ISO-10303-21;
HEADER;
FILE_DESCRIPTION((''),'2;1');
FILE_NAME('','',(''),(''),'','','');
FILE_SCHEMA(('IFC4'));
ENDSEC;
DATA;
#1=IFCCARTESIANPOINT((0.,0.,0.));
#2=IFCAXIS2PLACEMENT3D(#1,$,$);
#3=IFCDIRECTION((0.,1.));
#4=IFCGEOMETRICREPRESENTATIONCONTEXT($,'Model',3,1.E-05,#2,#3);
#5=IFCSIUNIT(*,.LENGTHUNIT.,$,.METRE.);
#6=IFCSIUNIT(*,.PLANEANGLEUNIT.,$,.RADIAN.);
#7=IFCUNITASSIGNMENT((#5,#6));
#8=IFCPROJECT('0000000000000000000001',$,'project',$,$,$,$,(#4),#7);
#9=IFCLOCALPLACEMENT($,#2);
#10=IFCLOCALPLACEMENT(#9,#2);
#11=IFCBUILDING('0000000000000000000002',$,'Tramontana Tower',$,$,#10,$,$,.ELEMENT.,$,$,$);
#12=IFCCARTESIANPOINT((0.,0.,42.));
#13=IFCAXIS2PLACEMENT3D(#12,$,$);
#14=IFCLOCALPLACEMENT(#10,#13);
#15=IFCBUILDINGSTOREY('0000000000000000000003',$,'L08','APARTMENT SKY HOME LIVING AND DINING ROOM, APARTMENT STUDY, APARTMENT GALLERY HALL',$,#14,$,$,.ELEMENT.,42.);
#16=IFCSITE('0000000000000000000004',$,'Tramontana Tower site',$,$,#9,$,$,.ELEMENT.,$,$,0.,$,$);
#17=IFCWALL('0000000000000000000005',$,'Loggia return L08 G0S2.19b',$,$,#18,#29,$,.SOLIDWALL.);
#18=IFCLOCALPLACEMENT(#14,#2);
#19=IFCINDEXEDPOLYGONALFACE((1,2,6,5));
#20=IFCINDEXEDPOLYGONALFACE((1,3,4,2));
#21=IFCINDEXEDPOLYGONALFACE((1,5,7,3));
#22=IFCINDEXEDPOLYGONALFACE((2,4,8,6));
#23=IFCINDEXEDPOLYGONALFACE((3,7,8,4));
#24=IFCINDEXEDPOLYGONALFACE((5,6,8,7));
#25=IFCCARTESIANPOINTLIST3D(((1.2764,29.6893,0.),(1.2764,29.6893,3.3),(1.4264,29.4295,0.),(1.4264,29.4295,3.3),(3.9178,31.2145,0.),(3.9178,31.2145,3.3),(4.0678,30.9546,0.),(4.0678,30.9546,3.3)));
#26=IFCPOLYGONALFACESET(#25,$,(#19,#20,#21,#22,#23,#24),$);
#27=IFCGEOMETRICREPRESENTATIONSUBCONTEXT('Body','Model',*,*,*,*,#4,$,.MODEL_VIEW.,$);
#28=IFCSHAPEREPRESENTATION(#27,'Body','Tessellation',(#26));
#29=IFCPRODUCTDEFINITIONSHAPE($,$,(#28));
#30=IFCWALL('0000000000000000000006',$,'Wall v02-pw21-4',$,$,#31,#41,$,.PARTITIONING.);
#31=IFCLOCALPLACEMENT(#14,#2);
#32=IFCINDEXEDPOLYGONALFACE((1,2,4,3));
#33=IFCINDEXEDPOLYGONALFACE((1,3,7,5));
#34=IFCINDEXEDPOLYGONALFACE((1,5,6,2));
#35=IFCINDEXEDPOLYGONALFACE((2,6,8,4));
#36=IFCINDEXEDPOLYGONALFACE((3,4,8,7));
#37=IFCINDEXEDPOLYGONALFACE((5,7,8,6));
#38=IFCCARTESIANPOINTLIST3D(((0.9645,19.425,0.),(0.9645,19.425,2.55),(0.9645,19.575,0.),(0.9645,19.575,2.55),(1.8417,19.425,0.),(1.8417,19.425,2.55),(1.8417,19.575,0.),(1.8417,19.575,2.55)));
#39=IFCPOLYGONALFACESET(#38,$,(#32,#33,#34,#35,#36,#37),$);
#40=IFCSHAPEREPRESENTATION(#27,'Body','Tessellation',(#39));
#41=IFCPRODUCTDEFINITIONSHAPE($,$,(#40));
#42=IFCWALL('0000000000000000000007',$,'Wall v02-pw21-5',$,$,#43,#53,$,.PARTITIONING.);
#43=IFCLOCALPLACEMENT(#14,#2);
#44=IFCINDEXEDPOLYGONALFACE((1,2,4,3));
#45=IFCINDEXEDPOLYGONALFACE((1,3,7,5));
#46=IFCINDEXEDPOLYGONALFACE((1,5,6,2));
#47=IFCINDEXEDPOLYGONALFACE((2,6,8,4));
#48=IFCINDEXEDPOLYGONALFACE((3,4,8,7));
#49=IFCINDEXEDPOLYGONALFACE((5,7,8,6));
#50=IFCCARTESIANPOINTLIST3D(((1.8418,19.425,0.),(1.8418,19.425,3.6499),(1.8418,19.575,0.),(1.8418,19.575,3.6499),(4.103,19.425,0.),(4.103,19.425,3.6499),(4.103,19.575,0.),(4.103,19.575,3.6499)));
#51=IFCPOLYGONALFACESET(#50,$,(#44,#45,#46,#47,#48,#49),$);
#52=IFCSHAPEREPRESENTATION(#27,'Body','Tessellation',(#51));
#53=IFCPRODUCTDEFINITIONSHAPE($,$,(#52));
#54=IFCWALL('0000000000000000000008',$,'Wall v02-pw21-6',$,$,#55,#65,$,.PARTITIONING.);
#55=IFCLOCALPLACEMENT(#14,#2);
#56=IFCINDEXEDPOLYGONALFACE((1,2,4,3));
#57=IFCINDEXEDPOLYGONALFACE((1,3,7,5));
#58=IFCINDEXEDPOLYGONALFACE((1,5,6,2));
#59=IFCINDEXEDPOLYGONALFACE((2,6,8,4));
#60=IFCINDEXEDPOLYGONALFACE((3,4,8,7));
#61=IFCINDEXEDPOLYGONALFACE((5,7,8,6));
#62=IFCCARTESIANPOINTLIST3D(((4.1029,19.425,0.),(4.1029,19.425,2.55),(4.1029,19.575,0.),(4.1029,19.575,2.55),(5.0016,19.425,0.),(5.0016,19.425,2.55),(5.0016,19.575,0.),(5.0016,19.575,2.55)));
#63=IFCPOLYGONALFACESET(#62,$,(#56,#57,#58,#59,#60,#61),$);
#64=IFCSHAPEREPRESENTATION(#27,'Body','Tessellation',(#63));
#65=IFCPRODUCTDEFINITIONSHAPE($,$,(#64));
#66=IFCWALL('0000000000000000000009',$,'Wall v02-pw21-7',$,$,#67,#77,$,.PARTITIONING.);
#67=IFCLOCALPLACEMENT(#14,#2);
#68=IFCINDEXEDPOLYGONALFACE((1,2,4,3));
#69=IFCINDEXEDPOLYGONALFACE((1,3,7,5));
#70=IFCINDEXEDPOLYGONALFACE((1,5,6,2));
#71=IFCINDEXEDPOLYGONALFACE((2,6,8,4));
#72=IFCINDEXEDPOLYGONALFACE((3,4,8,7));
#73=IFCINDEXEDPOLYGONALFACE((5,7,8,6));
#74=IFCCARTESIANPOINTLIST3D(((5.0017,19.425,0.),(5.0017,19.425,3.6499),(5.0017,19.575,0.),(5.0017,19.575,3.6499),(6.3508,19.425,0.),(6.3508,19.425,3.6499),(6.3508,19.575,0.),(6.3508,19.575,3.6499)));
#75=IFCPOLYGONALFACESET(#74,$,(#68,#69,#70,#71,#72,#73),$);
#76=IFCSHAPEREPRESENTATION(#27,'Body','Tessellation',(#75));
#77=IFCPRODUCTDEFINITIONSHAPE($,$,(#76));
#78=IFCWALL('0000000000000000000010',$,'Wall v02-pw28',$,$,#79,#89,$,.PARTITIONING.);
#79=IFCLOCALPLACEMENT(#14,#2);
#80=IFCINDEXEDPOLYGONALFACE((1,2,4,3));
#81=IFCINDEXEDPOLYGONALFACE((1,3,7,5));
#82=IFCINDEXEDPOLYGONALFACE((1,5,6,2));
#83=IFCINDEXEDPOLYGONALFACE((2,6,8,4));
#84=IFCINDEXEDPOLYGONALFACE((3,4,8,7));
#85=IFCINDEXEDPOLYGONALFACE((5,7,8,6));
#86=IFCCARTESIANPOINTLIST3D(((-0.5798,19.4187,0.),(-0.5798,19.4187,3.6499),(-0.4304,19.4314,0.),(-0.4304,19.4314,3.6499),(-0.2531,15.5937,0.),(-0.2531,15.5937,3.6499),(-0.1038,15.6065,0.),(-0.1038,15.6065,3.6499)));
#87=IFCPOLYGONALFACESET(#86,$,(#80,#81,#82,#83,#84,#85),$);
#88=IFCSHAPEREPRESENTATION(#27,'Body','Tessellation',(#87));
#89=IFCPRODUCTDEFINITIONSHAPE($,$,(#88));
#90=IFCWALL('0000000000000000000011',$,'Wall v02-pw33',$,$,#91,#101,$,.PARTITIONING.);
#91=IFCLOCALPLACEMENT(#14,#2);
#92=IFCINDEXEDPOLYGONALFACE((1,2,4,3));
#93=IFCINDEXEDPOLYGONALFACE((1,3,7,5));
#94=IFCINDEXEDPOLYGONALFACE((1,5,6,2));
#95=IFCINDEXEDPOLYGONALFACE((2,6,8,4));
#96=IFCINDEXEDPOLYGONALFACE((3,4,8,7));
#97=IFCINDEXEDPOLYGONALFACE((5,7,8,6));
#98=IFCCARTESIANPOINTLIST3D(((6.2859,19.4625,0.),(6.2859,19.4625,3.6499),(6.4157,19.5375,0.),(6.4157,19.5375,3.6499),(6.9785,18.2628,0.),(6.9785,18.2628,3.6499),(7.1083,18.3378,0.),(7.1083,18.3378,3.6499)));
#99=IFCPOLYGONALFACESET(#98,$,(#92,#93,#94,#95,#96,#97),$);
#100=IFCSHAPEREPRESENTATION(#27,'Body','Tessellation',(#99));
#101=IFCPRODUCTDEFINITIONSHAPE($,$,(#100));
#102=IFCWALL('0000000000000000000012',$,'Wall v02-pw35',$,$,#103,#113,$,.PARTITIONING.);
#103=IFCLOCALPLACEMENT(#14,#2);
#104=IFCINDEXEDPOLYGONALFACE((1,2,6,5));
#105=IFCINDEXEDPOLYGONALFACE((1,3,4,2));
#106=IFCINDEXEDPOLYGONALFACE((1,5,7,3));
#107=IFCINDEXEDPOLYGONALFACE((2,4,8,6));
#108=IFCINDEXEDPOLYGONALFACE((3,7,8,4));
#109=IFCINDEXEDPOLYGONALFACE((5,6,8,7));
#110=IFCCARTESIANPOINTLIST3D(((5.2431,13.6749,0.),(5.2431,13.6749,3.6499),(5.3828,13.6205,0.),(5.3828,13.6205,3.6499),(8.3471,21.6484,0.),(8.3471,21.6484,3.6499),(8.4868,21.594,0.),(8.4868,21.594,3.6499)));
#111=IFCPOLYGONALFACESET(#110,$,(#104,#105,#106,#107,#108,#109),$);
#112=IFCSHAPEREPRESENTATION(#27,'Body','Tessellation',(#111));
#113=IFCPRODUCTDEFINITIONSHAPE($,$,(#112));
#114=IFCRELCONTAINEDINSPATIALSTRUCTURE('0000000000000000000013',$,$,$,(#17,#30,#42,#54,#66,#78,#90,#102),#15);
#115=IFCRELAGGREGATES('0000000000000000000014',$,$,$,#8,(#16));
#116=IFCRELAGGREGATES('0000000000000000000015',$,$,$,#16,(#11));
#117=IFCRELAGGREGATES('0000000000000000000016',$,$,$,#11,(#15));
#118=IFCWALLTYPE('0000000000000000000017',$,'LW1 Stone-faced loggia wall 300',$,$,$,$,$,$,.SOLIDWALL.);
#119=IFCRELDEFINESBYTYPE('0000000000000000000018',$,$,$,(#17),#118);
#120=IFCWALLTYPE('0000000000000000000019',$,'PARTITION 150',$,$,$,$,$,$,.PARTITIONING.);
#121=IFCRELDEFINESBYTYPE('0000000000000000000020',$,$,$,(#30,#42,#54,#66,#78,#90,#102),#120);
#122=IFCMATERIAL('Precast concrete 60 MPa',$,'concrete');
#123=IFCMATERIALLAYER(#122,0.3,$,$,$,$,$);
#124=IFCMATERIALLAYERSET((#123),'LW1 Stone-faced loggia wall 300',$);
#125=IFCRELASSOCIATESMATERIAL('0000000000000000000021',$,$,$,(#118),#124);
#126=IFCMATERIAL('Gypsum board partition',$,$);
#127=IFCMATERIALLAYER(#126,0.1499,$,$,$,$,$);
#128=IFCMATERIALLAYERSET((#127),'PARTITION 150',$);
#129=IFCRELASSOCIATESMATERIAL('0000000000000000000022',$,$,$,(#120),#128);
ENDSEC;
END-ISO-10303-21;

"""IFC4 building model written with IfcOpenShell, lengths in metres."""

from ifc_helpers import new_model, si_unit, direction, frame, frame_2d, origin, place, context, subcontext, project, spatial, rectangle, extrude, material, layer, layer_set, type_object, element, save


model = new_model("IFC4")

# Units and contexts
model_context = context("Model", 3, precision=1e-05, world=origin(), true_north=direction((0.0, 1.0)))
body_context = subcontext(model_context, "Body", "Model", "MODEL_VIEW")
ifc_project = project(units=[si_unit("LENGTHUNIT", "METRE"), si_unit("PLANEANGLEUNIT", "RADIAN")], contexts=[model_context])

# Site, building, storey
site_placement = place(None, origin())
site = spatial("IfcSite", under=ifc_project, at=site_placement, Name="Tramontana Tower site", CompositionType="ELEMENT", RefElevation=0.0)
building_placement = place(site_placement, origin())
building = spatial("IfcBuilding", under=site, at=building_placement, Name="Tramontana Tower", CompositionType="ELEMENT")
storey_placement = place(building_placement, frame((0.0, 0.0, 42.0)))
storey = spatial("IfcBuildingStorey", under=building, at=storey_placement, Name="L08", Description="APARTMENT SKY HOME LIVING AND DINING ROOM, APARTMENT STUDY, APARTMENT GALLERY HALL", CompositionType="ELEMENT", Elevation=42.0)

# Shared definitions
ifc_material_1 = material(Name="Precast concrete 60 MPa", Category="concrete")
ifc_layer_1 = layer(ifc_material_1, 0.3)
ifc_layer_set_1 = layer_set([ifc_layer_1], Name="LW1 Stone-faced loggia wall 300")
wall_type_1 = type_object("IfcWallType", Name="LW1 Stone-faced loggia wall 300", PredefinedType="SOLIDWALL", material=ifc_layer_set_1)

# Walls
for number, where, z_axis, x_axis, name in (
    (1, (3.9927, 31.0845, 0.0), (0.0, 0.0, 1.0), (-0.866003, -0.500039, 0.0), "Loggia return L08 G0S2.19b"),
):
    element("IfcWall", number, at=place(storey_placement, frame(where, z_axis=z_axis, x_axis=x_axis)), inside=storey, type_object=wall_type_1, Name=name, PredefinedType="SOLIDWALL", context=body_context, shape_type="SweptSolid", body=[
        extrude(rectangle(XDim=3.05, YDim=0.3, at=frame_2d((1.5249, 0.0))), origin(), (0.0, 0.0, 1.0), 3.3),
    ])
ifc_material_2 = material(Name="Gypsum board partition")
ifc_layer_2 = layer(ifc_material_2, 0.1499)
ifc_layer_set_2 = layer_set([ifc_layer_2], Name="PARTITION 150")
wall_type_2 = type_object("IfcWallType", Name="PARTITION 150", PredefinedType="PARTITIONING", material=ifc_layer_set_2)
wall_1_placement = place(storey_placement, frame((0.9646, 19.5, 0.0), z_axis=(0.0, 0.0, 1.0), x_axis=(1.0, 0.0, 0.0)))
element("IfcWall", 2, at=wall_1_placement, inside=storey, type_object=wall_type_2, Name="Wall v02-pw21-4", PredefinedType="PARTITIONING", context=body_context, shape_type="SweptSolid", body=[
    extrude(rectangle(XDim=0.8772, YDim=0.1499, at=frame_2d((0.4385, 0.0))), origin(), (0.0, 0.0, 1.0), 2.55),
])
wall_2_placement = place(storey_placement, frame((1.8418, 19.5, 0.0), z_axis=(0.0, 0.0, 1.0), x_axis=(1.0, 0.0, 0.0)))
element("IfcWall", 3, at=wall_2_placement, inside=storey, type_object=wall_type_2, Name="Wall v02-pw21-5", PredefinedType="PARTITIONING", context=body_context, shape_type="SweptSolid", body=[
    extrude(rectangle(XDim=2.2612, YDim=0.1499, at=frame_2d((1.1306, 0.0))), origin(), (0.0, 0.0, 1.0), 3.6499),
])
wall_3_placement = place(storey_placement, frame((4.103, 19.5, 0.0), z_axis=(0.0, 0.0, 1.0), x_axis=(1.0, 0.0, 0.0)))
element("IfcWall", 4, at=wall_3_placement, inside=storey, type_object=wall_type_2, Name="Wall v02-pw21-6", PredefinedType="PARTITIONING", context=body_context, shape_type="SweptSolid", body=[
    extrude(rectangle(XDim=0.8987, YDim=0.1499, at=frame_2d((0.4492, 0.0))), origin(), (0.0, 0.0, 1.0), 2.55),
])
wall_4_placement = place(storey_placement, frame((5.0017, 19.5, 0.0), z_axis=(0.0, 0.0, 1.0), x_axis=(1.0, 0.0, 0.0)))
element("IfcWall", 5, at=wall_4_placement, inside=storey, type_object=wall_type_2, Name="Wall v02-pw21-7", PredefinedType="PARTITIONING", context=body_context, shape_type="SweptSolid", body=[
    extrude(rectangle(XDim=1.3491, YDim=0.1499, at=frame_2d((0.6746, 0.0))), origin(), (0.0, 0.0, 1.0), 3.6499),
])
wall_5_placement = place(storey_placement, frame((-0.5051, 19.425, 0.0), z_axis=(0.0, 0.0, 1.0), x_axis=(0.085093, -0.996373, 0.0)))
element("IfcWall", 6, at=wall_5_placement, inside=storey, type_object=wall_type_2, Name="Wall v02-pw28", PredefinedType="PARTITIONING", context=body_context, shape_type="SweptSolid", body=[
    extrude(rectangle(XDim=3.8389, YDim=0.1499, at=frame_2d((1.9194, 0.0))), origin(), (0.0, 0.0, 1.0), 3.6499),
])
wall_6_placement = place(storey_placement, frame((6.3508, 19.5, 0.0), z_axis=(0.0, 0.0, 1.0), x_axis=(0.499987, -0.866033, 0.0)))
element("IfcWall", 7, at=wall_6_placement, inside=storey, type_object=wall_type_2, Name="Wall v02-pw33", PredefinedType="PARTITIONING", context=body_context, shape_type="SweptSolid", body=[
    extrude(rectangle(XDim=1.3853, YDim=0.1499, at=frame_2d((0.6926, 0.0))), origin(), (0.0, 0.0, 1.0), 3.6499),
])
wall_7_placement = place(storey_placement, frame((8.417, 21.6213, 0.0), z_axis=(0.0, 0.0, 1.0), x_axis=(-0.362766, -0.93188, 0.0)))
element("IfcWall", 8, at=wall_7_placement, inside=storey, type_object=wall_type_2, Name="Wall v02-pw35", PredefinedType="PARTITIONING", context=body_context, shape_type="SweptSolid", body=[
    extrude(rectangle(XDim=8.5564, YDim=0.1499, at=frame_2d((4.2783, 0.0))), origin(), (0.0, 0.0, 1.0), 3.6499),
])

save(model, "model.ifc")
